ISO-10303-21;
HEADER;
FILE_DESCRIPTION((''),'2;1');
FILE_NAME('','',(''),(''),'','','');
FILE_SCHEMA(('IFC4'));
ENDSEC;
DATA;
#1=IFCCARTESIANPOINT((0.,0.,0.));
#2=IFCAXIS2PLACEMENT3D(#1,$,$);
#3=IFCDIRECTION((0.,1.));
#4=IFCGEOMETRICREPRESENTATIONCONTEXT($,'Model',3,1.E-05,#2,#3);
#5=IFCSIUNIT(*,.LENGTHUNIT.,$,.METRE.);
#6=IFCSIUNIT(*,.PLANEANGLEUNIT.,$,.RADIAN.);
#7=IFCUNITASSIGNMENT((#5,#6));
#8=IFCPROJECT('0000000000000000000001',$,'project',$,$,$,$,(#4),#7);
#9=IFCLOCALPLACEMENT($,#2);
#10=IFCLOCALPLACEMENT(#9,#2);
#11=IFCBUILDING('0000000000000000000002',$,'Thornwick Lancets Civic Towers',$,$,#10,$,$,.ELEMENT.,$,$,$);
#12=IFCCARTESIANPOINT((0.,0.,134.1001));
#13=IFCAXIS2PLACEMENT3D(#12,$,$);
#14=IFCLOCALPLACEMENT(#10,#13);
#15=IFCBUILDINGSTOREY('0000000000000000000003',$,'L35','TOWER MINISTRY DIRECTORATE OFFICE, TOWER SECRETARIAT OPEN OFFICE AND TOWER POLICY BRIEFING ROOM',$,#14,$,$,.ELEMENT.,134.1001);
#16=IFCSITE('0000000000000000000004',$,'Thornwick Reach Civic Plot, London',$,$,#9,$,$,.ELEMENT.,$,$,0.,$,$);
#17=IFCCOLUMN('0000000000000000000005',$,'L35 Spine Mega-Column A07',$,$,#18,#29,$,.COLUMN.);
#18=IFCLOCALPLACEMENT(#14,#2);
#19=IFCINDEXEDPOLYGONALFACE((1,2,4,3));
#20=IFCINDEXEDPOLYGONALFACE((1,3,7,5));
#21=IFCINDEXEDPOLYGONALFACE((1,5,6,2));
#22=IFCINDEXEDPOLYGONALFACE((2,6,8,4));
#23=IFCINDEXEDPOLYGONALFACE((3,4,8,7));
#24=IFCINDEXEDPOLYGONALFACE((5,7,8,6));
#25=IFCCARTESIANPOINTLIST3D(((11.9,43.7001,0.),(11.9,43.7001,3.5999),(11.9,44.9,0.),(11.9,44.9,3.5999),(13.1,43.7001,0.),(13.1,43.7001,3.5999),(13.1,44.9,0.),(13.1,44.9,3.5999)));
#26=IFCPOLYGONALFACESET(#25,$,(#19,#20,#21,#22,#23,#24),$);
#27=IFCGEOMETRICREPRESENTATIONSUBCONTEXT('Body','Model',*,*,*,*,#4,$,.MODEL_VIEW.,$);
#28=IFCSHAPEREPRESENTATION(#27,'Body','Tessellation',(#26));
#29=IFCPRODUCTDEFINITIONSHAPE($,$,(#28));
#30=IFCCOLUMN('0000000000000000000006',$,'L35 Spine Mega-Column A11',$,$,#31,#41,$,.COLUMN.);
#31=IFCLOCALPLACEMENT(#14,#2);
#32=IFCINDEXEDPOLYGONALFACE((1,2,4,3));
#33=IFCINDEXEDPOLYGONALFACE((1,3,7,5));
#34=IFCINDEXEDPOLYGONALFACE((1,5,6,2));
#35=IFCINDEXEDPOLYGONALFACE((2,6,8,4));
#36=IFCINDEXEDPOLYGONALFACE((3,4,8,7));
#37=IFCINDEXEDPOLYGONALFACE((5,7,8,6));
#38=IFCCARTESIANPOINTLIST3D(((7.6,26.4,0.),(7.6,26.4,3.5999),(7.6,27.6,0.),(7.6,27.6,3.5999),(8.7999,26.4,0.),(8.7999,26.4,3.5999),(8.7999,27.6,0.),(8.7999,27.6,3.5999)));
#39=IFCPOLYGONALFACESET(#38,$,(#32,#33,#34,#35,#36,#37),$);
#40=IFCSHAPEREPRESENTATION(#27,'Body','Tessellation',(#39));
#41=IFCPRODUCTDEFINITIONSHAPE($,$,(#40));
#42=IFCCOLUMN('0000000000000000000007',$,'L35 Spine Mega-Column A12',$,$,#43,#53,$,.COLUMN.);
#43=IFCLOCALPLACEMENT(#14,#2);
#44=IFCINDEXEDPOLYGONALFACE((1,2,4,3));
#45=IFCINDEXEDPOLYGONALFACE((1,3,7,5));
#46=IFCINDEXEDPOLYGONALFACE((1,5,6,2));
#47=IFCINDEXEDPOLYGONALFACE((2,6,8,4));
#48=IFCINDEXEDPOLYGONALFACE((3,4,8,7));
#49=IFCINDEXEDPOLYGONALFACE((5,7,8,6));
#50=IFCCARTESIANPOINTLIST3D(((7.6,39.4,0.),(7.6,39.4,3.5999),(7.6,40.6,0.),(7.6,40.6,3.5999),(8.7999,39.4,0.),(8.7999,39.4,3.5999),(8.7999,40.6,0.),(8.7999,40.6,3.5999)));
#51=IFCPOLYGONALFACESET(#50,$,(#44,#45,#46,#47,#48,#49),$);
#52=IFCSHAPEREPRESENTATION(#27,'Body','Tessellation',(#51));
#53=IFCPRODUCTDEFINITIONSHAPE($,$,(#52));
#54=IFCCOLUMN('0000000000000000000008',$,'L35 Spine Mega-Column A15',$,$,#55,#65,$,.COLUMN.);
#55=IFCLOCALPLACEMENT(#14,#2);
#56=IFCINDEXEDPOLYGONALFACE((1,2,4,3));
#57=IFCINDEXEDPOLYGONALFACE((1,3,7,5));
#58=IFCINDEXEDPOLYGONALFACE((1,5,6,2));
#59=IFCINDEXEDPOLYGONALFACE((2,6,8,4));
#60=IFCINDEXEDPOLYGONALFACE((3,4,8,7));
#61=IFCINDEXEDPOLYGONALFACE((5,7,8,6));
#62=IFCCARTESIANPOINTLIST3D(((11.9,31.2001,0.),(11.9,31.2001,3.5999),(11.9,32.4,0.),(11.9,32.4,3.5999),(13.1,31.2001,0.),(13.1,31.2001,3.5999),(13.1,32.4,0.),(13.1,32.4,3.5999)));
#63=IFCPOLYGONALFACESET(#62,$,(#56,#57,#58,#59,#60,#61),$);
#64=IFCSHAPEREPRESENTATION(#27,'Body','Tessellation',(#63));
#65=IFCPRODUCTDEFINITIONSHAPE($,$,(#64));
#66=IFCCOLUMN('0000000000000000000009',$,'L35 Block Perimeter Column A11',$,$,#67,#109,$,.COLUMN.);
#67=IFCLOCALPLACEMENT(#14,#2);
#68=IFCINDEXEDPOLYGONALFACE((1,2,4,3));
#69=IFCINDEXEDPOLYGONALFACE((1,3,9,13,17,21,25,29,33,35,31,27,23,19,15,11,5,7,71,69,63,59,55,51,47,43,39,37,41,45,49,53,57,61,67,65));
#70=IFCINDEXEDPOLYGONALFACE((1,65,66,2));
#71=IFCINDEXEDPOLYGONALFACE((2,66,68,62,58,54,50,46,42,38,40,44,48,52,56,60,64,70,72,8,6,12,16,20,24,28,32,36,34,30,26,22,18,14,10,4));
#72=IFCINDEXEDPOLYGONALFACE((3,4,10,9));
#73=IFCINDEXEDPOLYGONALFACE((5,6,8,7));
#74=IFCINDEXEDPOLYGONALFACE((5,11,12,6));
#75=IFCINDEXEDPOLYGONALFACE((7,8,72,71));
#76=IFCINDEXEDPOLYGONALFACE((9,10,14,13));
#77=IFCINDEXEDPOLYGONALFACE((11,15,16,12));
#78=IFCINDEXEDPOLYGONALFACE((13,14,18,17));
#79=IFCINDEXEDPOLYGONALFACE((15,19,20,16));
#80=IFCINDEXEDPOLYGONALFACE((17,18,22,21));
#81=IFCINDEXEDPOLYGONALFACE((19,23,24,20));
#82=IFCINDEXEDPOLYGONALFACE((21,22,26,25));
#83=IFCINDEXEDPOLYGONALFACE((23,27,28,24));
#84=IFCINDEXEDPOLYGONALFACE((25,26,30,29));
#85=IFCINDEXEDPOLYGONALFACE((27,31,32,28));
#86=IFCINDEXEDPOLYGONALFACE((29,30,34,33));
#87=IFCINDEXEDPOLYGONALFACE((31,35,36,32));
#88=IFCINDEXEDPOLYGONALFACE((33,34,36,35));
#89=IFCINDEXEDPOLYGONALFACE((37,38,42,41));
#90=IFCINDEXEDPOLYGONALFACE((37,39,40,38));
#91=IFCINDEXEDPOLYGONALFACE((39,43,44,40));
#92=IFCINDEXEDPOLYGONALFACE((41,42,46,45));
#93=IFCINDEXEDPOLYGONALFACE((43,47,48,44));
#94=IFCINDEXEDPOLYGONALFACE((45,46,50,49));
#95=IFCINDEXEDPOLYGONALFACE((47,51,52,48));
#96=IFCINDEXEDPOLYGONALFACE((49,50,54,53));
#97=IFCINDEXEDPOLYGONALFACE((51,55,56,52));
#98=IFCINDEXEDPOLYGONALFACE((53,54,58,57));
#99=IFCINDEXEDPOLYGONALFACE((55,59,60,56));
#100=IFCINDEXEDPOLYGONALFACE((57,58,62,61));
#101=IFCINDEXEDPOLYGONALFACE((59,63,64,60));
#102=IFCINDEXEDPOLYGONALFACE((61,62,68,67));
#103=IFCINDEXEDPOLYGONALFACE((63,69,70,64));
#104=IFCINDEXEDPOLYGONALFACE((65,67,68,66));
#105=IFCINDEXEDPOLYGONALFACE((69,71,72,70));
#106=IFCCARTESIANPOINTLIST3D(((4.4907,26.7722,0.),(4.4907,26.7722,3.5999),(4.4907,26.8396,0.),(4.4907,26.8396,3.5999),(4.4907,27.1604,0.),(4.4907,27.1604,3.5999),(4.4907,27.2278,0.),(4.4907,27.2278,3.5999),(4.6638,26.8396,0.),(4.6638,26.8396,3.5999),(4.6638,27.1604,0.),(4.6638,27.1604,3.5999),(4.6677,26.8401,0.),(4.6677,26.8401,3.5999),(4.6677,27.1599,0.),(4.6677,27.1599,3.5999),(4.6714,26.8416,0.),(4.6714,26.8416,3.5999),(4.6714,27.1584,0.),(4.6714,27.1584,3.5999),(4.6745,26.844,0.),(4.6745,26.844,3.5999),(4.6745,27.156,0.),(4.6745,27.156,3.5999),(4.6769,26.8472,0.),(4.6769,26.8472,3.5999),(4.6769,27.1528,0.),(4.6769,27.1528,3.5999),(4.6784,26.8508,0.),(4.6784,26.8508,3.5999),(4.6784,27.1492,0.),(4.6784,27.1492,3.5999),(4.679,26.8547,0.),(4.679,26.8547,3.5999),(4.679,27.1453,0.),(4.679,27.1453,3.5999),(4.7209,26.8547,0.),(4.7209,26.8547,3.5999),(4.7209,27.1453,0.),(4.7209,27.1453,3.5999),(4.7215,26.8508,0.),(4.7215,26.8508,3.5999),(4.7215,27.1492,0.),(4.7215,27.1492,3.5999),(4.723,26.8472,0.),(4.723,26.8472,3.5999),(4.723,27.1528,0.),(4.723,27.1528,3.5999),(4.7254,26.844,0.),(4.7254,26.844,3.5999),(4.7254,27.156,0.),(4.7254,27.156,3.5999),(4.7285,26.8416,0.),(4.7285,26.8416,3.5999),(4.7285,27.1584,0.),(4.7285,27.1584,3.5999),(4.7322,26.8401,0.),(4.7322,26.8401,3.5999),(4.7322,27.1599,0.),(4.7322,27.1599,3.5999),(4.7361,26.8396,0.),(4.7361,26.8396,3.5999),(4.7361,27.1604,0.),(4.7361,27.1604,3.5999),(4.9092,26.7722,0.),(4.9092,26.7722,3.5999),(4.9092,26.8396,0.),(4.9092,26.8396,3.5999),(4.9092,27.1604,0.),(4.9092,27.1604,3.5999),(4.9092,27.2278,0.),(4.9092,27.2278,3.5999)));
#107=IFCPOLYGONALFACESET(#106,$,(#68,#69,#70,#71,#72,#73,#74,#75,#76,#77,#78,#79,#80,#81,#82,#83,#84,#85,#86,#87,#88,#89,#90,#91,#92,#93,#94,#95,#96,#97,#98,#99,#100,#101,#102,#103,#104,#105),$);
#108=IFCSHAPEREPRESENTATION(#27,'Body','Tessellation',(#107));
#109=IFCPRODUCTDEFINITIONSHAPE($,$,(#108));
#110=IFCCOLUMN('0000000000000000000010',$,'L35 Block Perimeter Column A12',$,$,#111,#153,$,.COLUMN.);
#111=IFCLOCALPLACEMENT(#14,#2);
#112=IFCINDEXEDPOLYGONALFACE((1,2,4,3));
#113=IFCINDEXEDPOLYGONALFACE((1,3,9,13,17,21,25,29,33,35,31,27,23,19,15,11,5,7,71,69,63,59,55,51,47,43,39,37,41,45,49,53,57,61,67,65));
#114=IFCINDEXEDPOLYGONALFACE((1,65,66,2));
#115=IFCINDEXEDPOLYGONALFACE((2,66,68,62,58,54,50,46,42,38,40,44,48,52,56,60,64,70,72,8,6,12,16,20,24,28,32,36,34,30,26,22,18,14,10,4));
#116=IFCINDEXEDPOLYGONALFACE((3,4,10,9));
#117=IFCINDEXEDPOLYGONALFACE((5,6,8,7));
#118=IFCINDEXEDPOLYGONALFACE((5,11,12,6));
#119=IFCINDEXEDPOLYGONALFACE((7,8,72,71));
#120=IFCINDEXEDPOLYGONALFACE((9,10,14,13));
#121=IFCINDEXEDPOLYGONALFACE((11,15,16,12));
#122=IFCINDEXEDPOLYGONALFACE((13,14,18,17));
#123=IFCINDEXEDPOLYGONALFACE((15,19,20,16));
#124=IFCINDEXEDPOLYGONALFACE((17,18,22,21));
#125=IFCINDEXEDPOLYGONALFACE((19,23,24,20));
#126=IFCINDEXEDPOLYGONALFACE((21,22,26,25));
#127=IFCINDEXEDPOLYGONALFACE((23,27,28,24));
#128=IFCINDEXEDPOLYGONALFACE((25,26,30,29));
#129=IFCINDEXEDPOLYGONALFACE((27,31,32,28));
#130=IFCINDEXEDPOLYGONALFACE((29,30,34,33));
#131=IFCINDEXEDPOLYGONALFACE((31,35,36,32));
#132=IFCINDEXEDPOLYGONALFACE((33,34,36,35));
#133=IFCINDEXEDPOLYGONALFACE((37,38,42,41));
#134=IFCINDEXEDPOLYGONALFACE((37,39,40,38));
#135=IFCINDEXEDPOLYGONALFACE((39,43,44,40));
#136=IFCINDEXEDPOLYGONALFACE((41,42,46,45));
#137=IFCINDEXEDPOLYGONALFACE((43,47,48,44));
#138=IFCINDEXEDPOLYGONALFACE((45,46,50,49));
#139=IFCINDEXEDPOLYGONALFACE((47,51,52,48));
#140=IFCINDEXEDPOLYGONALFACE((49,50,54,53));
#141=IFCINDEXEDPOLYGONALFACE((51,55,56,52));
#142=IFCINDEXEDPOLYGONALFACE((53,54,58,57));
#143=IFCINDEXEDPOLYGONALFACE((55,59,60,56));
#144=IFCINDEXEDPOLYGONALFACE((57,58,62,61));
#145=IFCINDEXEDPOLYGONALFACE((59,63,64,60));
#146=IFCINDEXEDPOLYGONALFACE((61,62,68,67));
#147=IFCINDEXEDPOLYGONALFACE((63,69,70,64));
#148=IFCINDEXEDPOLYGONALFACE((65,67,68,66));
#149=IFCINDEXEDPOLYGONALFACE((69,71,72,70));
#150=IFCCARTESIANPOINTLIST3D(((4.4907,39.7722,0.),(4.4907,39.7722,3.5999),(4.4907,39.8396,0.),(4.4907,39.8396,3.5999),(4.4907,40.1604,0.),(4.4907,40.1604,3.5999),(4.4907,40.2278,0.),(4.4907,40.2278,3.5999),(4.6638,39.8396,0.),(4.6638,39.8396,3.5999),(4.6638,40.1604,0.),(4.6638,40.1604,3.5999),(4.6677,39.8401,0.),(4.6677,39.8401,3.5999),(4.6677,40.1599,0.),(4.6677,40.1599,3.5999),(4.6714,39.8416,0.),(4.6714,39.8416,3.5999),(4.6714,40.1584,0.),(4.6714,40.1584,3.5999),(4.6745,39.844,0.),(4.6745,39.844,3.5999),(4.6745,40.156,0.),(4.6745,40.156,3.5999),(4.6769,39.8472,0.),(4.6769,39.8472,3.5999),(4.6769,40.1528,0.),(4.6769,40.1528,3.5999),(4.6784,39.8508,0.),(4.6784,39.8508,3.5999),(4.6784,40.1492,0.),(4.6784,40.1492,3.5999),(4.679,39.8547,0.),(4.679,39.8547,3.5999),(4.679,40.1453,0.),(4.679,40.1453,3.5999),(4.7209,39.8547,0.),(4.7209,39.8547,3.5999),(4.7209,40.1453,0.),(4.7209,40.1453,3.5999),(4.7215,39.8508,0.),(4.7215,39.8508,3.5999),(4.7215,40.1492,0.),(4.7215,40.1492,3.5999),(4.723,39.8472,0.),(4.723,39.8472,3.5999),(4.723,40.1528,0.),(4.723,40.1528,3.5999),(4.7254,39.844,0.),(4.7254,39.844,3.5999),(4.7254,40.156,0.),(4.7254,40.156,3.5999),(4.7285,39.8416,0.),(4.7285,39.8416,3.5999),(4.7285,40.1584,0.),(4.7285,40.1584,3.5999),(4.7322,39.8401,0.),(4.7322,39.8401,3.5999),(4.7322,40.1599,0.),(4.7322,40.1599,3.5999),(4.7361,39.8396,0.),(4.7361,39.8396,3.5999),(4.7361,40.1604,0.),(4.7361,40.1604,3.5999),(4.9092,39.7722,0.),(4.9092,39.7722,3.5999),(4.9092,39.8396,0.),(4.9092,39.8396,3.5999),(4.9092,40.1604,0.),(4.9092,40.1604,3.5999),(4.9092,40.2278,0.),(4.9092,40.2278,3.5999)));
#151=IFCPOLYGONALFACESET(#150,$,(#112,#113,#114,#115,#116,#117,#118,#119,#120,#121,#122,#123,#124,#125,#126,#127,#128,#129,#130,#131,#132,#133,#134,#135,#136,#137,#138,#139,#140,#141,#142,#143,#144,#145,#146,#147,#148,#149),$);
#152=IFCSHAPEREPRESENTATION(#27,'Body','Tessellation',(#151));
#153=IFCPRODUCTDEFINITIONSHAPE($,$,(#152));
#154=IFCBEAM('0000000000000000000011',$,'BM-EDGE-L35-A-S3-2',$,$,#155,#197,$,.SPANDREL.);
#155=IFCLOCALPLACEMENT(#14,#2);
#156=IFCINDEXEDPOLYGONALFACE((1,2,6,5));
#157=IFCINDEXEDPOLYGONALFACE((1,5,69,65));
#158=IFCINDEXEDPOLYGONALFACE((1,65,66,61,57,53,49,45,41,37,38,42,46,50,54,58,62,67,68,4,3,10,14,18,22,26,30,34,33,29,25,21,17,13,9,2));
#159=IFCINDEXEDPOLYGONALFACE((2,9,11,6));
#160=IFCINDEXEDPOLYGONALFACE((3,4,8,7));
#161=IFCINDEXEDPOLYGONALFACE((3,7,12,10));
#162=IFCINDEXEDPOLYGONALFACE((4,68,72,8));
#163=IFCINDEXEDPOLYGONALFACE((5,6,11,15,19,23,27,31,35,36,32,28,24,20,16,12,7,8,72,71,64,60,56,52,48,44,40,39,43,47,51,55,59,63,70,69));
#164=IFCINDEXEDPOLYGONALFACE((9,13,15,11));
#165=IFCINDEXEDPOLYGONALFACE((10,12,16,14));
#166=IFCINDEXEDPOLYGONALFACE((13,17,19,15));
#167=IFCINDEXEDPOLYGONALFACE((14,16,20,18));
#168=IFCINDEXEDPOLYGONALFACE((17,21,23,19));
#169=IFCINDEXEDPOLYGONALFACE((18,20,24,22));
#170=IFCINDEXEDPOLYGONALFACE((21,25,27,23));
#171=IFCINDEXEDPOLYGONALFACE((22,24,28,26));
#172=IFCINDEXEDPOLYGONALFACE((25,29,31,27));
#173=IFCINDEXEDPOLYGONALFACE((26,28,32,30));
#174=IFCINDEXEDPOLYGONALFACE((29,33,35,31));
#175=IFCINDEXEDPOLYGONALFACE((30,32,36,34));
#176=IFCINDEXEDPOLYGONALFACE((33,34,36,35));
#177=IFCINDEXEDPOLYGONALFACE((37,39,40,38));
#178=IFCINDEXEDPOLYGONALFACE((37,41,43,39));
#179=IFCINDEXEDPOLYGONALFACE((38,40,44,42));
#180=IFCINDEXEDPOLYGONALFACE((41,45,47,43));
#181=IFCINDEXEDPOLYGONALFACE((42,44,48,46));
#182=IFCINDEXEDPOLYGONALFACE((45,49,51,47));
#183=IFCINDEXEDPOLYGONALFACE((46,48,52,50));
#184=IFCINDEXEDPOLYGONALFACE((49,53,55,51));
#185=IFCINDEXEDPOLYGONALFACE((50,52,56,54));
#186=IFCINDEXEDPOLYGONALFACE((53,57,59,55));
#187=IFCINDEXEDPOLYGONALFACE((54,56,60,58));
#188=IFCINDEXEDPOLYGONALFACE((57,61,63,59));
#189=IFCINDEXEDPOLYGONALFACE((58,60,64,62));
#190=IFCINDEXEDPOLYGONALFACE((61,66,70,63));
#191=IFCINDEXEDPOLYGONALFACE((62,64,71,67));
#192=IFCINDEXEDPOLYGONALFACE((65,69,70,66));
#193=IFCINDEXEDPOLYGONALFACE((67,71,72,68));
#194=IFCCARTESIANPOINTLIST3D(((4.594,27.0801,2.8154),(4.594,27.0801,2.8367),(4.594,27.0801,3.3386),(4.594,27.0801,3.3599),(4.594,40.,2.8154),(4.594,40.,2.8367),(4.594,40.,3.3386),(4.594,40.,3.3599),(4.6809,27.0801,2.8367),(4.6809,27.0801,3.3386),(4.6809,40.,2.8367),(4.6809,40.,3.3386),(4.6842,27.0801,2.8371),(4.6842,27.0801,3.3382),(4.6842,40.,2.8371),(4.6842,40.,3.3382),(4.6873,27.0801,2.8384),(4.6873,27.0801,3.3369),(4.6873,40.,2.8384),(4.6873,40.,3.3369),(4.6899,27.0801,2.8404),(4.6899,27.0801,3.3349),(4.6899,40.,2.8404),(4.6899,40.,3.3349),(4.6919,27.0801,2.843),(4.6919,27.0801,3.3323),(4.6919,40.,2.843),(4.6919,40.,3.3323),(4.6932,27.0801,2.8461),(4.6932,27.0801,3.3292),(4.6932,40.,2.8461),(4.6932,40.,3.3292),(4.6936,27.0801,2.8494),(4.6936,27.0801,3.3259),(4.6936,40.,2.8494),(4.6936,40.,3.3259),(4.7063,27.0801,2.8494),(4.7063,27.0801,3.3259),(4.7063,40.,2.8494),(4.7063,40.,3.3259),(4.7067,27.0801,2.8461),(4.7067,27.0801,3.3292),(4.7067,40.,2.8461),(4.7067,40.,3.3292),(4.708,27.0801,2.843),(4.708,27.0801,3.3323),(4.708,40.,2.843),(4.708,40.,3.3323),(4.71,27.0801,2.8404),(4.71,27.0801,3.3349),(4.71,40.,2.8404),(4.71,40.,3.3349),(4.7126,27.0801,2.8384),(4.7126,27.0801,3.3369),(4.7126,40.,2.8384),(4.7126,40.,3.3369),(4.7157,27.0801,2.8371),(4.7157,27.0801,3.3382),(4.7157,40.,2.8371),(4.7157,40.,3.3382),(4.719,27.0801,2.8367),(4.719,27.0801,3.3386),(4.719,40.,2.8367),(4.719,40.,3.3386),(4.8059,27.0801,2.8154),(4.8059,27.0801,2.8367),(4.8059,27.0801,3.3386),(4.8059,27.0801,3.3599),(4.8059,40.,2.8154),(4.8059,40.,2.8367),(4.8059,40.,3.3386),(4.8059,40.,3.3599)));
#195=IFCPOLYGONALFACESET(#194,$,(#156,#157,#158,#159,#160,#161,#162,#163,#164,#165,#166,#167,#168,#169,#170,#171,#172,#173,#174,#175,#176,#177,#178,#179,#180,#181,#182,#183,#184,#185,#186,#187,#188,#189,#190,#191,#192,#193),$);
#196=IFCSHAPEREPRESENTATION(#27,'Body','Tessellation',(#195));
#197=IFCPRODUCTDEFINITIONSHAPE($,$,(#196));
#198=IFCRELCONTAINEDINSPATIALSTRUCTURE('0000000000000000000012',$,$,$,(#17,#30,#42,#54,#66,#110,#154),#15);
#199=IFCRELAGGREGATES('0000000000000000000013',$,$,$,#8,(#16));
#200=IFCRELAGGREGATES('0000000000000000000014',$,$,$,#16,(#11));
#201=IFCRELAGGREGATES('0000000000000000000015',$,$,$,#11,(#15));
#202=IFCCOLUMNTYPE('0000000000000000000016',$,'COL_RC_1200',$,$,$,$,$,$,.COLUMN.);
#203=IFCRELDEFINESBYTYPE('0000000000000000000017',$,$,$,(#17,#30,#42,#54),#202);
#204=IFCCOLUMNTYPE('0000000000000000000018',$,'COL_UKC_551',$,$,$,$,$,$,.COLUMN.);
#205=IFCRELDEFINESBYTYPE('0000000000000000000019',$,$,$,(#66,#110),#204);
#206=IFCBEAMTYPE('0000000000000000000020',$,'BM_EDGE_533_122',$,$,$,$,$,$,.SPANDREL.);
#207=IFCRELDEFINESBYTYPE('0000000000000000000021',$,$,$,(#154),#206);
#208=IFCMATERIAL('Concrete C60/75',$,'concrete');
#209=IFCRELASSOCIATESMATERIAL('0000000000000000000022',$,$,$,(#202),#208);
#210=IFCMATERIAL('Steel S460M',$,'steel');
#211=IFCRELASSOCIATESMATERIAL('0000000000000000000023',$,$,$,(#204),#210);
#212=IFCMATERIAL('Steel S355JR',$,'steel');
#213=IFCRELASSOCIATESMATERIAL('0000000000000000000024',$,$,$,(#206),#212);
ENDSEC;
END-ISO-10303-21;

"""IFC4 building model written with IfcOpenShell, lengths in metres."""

from ifc_helpers import new_model, si_unit, direction, frame, origin, origin_2d, place, context, subcontext, project, spatial, rectangle, i_section, extrude, material, material_profile, profile_set, type_object, element, save


model = new_model("IFC4")

# Units and contexts
model_context = context("Model", 3, precision=1e-05, world=origin(), true_north=direction((0.0, 1.0)))
body_context = subcontext(model_context, "Body", "Model", "MODEL_VIEW")
ifc_project = project(units=[si_unit("LENGTHUNIT", "METRE"), si_unit("PLANEANGLEUNIT", "RADIAN")], contexts=[model_context])

# Site, building, storey
site_placement = place(None, origin())
site = spatial("IfcSite", under=ifc_project, at=site_placement, Name="Thornwick Reach Civic Plot, London", CompositionType="ELEMENT", RefElevation=0.0)
building_placement = place(site_placement, origin())
building = spatial("IfcBuilding", under=site, at=building_placement, Name="Thornwick Lancets Civic Towers", CompositionType="ELEMENT")
storey_placement = place(building_placement, frame((0.0, 0.0, 134.1001)))
storey = spatial("IfcBuildingStorey", under=building, at=storey_placement, Name="L35", Description="TOWER MINISTRY DIRECTORATE OFFICE, TOWER SECRETARIAT OPEN OFFICE AND TOWER POLICY BRIEFING ROOM", CompositionType="ELEMENT", Elevation=134.1001)

# Columns
ifc_material_1 = material(Name="Concrete C60/75", Category="concrete")
ifc_material_profile_1 = material_profile(ifc_material_1, rectangle(XDim=1.2, YDim=1.2, at=origin_2d()), Name="RC 1200x1200")
ifc_profile_set_1 = profile_set([ifc_material_profile_1], Name="Concrete C60/75")
column_type_1 = type_object("IfcColumnType", Name="COL_RC_1200", PredefinedType="COLUMN", material=ifc_profile_set_1)
for number, where, z_axis, x_axis, name in (
    (1, (12.5, 44.3, 0.0), (0.0, 0.0, 1.0), (1.0, 0.0, 0.0), "L35 Spine Mega-Column A07"),
    (2, (8.2, 27.0, 0.0), (0.0, 0.0, 1.0), (1.0, 0.0, 0.0), "L35 Spine Mega-Column A11"),
    (3, (8.2, 40.0, 0.0), (0.0, 0.0, 1.0), (1.0, 0.0, 0.0), "L35 Spine Mega-Column A12"),
    (4, (12.5, 31.8, 0.0), (0.0, 0.0, 1.0), (1.0, 0.0, 0.0), "L35 Spine Mega-Column A15"),
):
    element("IfcColumn", number, at=place(storey_placement, frame(where, z_axis=z_axis, x_axis=x_axis)), inside=storey, type_object=column_type_1, Name=name, PredefinedType="COLUMN", context=body_context, shape_type="SweptSolid", body=[
        extrude(rectangle(XDim=1.2, YDim=1.2, at=origin_2d()), origin(), (0.0, 0.0, 1.0), 3.5999),
    ])
ifc_material_2 = material(Name="Steel S460M", Category="steel")
ifc_material_profile_2 = material_profile(ifc_material_2, i_section(OverallWidth=0.4185, OverallDepth=0.4556, WebThickness=0.042, FlangeThickness=0.0674, FilletRadius=0.0151, at=origin_2d()), Name="UKC 356x406x551")
ifc_profile_set_2 = profile_set([ifc_material_profile_2], Name="Steel S460M")
column_type_2 = type_object("IfcColumnType", Name="COL_UKC_551", PredefinedType="COLUMN", material=ifc_profile_set_2)
for number, where, z_axis, x_axis, name in (
    (5, (4.7, 27.0, 0.0), (0.0, 0.0, 1.0), (1.0, 0.0, 0.0), "L35 Block Perimeter Column A11"),
    (6, (4.7, 40.0, 0.0), (0.0, 0.0, 1.0), (1.0, 0.0, 0.0), "L35 Block Perimeter Column A12"),
):
    element("IfcColumn", number, at=place(storey_placement, frame(where, z_axis=z_axis, x_axis=x_axis)), inside=storey, type_object=column_type_2, Name=name, PredefinedType="COLUMN", context=body_context, shape_type="SweptSolid", body=[
        extrude(i_section(OverallWidth=0.4185, OverallDepth=0.4556, WebThickness=0.042, FlangeThickness=0.0674, FilletRadius=0.0151, at=origin_2d()), origin(), (0.0, 0.0, 1.0), 3.5999),
    ])

# Beam
ifc_material_3 = material(Name="Steel S355JR", Category="steel")
ifc_material_profile_3 = material_profile(ifc_material_3, i_section(OverallWidth=0.2119, OverallDepth=0.5444, WebThickness=0.0127, FlangeThickness=0.0212, FilletRadius=0.0127, at=origin_2d()), Name="UKB 533x210x122")
ifc_profile_set_3 = profile_set([ifc_material_profile_3], Name="Steel S355JR")
beam_type_1 = type_object("IfcBeamType", Name="BM_EDGE_533_122", PredefinedType="SPANDREL", material=ifc_profile_set_3)
beam_1_placement = place(storey_placement, frame((4.7, 27.0801, 3.0876), z_axis=(0.0, 1.0, 0.0), x_axis=(-1.0, 0.0, 0.0)))
element("IfcBeam", 7, at=beam_1_placement, inside=storey, type_object=beam_type_1, Name="BM-EDGE-L35-A-S3-2", PredefinedType="SPANDREL", context=body_context, shape_type="SweptSolid", body=[
    extrude(i_section(OverallWidth=0.2119, OverallDepth=0.5444, WebThickness=0.0127, FlangeThickness=0.0212, FilletRadius=0.0127, at=origin_2d()), origin(), (0.0, 0.0, 1.0), 12.9199),
])

save(model, "model.ifc")
